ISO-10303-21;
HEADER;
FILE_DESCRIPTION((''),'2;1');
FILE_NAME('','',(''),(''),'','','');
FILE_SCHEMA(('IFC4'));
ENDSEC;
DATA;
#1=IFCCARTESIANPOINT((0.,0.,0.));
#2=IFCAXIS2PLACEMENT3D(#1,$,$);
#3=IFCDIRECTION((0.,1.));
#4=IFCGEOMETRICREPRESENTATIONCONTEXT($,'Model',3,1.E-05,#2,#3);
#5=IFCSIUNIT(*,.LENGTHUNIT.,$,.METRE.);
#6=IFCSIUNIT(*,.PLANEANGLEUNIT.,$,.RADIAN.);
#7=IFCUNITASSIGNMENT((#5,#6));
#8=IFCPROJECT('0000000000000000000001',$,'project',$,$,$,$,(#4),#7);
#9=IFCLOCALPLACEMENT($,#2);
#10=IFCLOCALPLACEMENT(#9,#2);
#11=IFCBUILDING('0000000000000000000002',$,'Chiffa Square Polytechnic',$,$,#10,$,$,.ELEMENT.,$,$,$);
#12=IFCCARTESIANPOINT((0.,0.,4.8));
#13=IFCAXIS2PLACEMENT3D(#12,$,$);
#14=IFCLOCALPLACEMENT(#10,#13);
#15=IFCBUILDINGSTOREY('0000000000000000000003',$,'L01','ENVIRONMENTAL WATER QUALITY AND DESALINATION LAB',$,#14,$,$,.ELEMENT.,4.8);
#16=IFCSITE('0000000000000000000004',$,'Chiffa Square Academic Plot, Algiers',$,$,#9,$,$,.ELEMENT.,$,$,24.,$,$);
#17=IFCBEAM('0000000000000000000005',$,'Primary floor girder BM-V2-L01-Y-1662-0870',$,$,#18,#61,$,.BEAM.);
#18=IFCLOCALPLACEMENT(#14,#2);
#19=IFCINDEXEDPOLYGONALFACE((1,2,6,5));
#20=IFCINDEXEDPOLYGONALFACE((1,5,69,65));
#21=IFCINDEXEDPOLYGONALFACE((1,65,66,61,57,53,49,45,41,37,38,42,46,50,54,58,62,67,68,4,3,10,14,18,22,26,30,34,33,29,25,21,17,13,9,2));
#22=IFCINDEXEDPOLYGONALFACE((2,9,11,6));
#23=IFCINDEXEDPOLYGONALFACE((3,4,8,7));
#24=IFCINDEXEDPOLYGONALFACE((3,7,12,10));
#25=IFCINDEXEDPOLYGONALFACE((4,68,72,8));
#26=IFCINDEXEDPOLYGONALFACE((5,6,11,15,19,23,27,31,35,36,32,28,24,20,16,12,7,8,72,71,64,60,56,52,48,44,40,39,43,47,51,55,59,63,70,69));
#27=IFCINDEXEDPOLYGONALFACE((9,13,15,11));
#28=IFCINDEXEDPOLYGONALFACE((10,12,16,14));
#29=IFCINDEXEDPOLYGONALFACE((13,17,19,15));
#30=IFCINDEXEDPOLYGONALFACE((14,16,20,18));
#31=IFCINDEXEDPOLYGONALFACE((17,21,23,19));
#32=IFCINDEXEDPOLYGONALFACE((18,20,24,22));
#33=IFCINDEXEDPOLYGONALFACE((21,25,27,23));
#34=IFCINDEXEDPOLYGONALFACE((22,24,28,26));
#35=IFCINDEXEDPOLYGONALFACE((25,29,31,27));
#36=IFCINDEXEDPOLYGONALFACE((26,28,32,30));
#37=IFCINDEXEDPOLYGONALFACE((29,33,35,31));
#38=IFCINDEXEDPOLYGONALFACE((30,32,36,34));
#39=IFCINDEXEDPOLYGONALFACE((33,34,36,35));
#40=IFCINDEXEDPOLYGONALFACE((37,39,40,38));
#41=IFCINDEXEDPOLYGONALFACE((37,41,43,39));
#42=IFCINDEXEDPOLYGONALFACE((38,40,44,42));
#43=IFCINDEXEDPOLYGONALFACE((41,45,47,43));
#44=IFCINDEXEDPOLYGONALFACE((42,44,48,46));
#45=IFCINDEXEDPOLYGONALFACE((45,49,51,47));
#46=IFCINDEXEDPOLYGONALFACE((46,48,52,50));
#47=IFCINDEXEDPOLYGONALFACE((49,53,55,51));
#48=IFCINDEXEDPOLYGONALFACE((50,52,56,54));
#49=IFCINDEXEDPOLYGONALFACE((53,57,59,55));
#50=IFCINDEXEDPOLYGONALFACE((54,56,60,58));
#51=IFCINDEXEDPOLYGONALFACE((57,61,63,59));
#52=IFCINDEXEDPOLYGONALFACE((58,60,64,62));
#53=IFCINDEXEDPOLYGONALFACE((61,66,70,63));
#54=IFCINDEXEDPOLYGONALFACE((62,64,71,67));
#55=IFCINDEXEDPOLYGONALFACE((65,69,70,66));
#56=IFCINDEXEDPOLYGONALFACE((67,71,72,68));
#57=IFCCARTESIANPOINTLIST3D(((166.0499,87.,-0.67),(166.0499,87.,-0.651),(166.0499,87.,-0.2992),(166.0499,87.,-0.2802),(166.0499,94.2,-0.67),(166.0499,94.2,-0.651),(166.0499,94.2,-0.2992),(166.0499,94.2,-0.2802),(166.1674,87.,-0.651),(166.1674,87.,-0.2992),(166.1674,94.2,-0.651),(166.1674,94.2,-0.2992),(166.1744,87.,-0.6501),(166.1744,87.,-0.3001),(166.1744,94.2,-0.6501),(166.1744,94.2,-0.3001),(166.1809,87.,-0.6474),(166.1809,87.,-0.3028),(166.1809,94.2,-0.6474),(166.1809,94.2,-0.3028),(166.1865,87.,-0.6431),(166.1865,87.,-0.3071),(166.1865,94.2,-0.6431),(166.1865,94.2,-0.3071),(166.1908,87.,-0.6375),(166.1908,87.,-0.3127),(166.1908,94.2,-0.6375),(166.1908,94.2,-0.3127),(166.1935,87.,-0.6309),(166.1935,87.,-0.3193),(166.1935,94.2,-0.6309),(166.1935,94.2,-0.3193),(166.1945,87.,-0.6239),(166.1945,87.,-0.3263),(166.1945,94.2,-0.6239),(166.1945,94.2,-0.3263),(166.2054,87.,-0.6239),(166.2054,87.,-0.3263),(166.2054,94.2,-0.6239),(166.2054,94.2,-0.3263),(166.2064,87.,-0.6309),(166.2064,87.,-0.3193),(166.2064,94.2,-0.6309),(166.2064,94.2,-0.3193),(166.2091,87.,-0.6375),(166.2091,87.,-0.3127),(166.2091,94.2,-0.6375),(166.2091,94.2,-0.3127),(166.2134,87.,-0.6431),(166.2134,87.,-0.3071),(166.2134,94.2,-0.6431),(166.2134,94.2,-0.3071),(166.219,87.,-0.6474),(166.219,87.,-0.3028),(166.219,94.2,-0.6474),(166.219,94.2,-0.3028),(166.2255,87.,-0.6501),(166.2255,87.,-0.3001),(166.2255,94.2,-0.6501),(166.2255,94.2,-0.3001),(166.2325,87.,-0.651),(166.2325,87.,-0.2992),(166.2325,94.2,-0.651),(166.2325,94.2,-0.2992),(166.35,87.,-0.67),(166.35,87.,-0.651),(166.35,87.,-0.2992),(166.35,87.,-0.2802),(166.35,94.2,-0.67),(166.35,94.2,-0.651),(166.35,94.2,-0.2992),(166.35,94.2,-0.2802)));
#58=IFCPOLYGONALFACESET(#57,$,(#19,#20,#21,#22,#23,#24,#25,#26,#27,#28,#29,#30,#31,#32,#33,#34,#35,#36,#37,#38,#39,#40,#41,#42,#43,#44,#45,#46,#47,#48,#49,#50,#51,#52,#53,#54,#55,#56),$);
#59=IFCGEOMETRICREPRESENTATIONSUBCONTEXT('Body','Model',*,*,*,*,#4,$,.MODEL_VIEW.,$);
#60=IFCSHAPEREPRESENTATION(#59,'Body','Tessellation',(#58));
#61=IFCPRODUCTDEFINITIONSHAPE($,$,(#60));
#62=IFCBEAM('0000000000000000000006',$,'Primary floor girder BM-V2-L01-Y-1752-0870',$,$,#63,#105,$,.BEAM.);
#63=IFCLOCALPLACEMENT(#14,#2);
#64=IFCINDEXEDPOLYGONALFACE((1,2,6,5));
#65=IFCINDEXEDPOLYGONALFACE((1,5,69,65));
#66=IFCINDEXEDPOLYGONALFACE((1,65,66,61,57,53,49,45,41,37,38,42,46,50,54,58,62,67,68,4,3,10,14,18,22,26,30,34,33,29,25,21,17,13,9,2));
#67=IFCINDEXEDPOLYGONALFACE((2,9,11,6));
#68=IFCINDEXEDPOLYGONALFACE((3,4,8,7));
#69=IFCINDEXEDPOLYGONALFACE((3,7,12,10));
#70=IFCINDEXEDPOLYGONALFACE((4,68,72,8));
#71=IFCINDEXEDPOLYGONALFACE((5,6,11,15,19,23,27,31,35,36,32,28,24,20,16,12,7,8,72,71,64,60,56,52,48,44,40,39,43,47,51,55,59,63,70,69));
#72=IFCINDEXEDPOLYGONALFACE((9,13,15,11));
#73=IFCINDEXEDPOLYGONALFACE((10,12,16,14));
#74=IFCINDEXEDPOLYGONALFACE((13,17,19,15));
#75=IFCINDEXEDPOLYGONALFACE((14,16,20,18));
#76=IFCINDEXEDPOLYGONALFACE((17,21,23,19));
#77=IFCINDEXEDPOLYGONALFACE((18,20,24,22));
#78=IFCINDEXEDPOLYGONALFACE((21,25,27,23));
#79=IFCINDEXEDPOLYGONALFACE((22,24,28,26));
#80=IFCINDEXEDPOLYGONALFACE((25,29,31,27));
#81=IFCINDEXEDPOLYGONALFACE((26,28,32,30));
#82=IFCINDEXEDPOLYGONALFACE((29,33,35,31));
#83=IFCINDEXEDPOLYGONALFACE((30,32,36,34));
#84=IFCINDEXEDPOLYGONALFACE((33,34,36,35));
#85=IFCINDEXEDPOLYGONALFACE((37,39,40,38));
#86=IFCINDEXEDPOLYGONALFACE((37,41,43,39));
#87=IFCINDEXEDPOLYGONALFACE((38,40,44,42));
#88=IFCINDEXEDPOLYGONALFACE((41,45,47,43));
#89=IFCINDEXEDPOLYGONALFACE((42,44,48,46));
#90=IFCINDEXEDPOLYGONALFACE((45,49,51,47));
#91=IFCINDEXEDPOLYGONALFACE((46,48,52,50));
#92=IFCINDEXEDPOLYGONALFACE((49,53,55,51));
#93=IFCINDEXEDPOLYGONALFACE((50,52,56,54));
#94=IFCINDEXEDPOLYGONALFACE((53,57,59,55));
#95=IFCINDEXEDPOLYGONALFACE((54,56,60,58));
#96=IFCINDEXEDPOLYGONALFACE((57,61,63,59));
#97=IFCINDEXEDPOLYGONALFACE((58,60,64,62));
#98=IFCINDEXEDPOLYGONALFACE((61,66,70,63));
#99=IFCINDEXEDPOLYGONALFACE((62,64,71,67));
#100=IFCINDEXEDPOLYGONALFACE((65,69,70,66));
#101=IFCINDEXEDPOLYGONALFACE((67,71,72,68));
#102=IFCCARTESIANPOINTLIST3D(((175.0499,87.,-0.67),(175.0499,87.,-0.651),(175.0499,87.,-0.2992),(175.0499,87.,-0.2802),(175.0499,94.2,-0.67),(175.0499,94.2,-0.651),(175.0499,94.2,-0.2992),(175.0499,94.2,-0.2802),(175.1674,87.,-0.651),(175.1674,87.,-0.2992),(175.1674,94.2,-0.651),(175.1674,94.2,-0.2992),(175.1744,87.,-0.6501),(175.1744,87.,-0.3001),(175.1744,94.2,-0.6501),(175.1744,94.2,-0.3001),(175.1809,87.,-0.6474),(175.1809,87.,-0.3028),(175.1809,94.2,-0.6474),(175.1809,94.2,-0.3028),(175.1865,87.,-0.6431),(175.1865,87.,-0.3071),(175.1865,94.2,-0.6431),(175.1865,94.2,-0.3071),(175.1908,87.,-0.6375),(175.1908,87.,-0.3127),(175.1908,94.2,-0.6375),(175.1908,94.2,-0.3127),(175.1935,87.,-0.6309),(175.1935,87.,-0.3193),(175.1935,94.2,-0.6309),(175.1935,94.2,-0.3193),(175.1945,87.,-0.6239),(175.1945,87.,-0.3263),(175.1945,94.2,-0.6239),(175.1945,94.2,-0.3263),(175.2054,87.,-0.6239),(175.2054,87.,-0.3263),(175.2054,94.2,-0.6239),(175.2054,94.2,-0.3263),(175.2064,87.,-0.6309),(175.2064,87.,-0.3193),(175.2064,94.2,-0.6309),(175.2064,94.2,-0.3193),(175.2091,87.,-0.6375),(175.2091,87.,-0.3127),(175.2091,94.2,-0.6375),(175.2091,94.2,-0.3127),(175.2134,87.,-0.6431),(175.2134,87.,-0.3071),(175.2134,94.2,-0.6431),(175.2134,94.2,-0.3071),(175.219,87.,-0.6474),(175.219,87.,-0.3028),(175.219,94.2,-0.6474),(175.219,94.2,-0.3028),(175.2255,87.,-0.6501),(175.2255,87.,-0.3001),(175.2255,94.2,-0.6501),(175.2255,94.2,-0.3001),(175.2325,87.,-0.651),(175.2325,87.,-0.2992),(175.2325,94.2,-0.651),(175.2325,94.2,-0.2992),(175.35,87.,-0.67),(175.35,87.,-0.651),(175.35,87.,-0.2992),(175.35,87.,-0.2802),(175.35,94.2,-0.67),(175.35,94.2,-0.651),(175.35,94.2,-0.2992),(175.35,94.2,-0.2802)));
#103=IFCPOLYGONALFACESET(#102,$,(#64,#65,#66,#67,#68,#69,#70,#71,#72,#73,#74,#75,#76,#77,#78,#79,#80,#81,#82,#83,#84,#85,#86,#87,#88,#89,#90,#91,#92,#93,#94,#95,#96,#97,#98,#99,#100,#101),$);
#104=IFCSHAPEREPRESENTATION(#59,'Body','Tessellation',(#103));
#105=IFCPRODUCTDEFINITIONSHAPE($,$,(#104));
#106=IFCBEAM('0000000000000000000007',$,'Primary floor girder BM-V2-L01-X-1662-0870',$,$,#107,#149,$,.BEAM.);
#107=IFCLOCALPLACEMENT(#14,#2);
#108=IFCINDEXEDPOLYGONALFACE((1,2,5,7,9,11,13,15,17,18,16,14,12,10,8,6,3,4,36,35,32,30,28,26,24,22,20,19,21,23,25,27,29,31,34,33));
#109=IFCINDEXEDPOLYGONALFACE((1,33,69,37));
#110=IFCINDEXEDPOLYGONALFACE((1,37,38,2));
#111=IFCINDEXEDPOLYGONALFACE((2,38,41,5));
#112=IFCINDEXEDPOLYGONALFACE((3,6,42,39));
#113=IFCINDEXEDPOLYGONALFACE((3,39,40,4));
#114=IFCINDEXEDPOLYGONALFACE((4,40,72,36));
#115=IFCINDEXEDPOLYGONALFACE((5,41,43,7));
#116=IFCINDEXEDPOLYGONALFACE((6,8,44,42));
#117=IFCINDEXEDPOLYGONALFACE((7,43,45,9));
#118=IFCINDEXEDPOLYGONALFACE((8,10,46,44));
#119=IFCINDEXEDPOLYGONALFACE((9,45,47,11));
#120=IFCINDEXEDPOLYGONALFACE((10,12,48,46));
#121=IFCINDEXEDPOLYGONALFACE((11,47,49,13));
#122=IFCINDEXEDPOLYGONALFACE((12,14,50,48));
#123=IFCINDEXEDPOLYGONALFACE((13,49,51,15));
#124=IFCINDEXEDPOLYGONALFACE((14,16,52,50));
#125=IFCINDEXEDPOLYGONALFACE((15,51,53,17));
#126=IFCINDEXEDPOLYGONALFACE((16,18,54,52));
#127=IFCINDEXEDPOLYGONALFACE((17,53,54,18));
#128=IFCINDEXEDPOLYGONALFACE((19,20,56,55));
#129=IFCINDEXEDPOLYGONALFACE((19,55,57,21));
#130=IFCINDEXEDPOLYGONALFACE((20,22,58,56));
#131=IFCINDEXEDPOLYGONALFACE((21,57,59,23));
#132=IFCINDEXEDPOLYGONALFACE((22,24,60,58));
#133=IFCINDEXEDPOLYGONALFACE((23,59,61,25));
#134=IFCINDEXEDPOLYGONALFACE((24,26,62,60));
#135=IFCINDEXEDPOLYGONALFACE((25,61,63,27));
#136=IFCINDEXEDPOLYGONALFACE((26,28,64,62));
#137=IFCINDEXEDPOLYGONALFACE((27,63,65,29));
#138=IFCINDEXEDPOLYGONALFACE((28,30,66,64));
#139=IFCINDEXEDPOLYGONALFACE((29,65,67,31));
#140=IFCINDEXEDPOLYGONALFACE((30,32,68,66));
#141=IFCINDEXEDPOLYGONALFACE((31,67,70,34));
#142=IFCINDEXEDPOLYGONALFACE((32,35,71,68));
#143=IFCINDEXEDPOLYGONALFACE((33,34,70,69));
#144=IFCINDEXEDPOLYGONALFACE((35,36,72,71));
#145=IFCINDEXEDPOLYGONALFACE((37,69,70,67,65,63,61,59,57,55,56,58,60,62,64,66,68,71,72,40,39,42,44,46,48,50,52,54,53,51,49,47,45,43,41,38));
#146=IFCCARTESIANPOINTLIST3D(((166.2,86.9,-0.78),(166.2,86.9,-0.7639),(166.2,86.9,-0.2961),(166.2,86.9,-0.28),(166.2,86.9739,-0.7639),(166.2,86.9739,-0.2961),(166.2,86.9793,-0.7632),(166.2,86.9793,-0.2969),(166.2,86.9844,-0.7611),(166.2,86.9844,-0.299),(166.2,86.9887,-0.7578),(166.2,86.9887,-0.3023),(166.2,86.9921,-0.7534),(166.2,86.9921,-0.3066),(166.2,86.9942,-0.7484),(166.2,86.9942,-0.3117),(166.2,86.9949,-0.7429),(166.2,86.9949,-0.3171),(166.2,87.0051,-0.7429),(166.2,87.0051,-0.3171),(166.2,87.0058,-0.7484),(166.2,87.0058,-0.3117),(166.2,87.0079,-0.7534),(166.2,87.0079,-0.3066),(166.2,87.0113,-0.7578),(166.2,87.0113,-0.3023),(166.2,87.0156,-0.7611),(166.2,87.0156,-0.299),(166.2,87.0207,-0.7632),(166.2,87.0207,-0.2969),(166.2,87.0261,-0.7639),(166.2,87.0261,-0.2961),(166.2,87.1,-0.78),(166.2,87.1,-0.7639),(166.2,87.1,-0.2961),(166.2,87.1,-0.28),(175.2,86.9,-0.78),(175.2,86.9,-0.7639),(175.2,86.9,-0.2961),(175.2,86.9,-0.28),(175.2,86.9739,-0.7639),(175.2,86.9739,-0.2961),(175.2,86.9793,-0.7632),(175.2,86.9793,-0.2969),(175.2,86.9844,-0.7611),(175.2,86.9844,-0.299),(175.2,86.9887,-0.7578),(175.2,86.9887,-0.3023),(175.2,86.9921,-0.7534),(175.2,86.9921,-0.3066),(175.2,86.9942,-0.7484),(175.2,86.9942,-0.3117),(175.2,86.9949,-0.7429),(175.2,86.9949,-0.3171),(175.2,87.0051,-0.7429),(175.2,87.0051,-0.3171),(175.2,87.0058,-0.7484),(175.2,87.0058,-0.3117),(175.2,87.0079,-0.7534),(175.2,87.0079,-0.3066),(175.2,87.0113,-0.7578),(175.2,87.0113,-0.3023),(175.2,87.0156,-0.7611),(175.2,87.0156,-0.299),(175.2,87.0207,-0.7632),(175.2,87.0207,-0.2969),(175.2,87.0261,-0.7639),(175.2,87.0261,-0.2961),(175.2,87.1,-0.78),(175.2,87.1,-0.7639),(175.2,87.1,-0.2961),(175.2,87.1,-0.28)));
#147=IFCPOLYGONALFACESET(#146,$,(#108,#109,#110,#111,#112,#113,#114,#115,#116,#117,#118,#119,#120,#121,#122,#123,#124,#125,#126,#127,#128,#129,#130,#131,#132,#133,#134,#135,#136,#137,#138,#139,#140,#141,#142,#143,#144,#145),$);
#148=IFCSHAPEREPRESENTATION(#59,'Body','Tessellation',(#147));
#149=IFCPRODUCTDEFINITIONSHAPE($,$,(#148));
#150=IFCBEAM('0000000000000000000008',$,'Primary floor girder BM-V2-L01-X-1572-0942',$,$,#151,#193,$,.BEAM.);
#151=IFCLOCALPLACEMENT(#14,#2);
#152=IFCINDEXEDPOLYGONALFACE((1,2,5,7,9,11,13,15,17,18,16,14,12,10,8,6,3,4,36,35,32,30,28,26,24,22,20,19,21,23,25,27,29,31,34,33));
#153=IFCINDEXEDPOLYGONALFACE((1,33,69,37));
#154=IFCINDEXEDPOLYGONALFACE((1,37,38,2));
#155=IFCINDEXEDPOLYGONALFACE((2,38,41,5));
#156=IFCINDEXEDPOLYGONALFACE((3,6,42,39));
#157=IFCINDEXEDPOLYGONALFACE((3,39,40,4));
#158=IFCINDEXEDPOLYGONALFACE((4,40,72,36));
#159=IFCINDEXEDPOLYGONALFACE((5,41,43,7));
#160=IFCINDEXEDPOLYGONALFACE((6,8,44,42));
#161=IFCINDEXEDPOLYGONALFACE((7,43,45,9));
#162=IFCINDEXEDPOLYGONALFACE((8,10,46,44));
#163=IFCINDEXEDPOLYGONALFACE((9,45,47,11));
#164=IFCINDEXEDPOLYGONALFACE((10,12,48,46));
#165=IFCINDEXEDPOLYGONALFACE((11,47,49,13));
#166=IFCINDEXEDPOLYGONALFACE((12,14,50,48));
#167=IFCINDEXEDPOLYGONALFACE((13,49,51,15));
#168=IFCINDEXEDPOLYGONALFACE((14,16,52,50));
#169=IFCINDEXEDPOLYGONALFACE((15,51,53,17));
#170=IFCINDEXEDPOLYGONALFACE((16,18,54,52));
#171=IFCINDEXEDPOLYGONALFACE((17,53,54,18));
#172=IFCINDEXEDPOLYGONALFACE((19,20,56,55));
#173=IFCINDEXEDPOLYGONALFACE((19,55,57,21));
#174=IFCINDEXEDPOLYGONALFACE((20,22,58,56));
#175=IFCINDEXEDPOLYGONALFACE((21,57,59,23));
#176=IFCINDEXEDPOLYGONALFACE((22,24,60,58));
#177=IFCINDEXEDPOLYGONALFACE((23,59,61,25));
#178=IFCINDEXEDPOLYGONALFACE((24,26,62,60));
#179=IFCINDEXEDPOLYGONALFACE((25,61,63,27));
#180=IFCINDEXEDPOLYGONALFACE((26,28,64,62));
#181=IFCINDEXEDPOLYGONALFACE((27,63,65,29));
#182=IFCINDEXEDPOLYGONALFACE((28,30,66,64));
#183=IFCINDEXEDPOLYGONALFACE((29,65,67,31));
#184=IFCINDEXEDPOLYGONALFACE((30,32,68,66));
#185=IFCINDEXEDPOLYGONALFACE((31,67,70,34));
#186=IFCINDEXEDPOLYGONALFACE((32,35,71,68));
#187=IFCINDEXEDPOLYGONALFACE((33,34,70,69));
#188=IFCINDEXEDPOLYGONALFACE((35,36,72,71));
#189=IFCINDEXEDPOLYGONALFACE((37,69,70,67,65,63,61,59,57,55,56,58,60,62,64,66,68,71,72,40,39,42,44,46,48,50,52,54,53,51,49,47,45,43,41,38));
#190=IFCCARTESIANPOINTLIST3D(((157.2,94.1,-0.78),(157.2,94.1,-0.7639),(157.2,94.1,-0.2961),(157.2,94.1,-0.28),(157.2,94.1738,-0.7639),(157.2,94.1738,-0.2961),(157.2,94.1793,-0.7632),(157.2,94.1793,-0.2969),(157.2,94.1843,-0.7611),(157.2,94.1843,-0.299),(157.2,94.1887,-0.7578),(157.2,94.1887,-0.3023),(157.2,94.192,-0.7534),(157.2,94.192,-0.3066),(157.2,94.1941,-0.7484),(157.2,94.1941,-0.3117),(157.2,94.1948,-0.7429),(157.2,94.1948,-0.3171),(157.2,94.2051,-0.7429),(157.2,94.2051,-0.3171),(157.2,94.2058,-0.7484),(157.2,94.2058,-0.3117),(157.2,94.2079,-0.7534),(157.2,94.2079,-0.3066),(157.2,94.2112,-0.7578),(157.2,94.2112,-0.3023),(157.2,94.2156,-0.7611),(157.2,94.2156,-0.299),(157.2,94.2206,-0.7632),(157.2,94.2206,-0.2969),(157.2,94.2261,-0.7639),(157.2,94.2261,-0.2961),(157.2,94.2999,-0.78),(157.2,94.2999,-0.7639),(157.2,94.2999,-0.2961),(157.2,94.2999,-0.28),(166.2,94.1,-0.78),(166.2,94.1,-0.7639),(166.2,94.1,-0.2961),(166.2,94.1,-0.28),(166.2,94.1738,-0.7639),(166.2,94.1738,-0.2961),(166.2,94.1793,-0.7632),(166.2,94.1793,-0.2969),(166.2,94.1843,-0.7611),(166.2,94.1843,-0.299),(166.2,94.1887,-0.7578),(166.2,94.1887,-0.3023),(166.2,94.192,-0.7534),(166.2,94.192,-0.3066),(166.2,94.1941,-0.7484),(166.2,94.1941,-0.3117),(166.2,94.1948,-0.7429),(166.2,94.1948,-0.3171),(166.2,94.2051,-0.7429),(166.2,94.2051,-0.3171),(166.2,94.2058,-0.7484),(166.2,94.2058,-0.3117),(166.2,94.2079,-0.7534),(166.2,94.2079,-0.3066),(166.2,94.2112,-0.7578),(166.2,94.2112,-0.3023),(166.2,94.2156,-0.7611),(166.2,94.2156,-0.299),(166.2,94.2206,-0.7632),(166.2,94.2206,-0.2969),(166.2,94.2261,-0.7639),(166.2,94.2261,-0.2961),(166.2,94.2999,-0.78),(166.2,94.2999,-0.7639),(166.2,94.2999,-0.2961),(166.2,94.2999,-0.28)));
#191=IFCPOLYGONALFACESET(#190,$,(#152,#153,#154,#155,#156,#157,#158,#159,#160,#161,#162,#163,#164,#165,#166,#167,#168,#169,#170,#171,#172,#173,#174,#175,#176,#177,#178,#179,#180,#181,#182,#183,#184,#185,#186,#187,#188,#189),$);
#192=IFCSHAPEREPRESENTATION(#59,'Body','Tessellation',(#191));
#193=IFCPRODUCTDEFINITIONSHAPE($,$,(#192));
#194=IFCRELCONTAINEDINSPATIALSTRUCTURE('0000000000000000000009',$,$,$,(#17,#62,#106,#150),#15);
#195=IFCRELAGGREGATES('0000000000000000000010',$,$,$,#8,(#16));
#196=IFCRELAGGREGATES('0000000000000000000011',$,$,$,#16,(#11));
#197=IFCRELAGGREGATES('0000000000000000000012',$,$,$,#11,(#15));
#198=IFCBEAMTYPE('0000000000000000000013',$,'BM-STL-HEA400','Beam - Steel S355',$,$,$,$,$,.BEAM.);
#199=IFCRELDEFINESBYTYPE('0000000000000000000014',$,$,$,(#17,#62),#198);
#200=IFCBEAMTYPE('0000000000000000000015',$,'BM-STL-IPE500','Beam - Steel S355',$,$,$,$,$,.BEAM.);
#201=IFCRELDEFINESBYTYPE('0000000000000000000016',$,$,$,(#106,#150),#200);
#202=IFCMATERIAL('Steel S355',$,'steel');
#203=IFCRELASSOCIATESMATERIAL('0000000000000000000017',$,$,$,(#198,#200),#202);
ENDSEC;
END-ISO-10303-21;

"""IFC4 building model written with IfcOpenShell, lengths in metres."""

from ifc_helpers import new_model, si_unit, direction, frame, origin, origin_2d, place, context, subcontext, project, spatial, i_section, extrude, material, material_profile, profile_set, type_object, element, save


model = new_model("IFC4")

# Units and contexts
model_context = context("Model", 3, precision=1e-05, world=origin(), true_north=direction((0.0, 1.0)))
body_context = subcontext(model_context, "Body", "Model", "MODEL_VIEW")
ifc_project = project(units=[si_unit("LENGTHUNIT", "METRE"), si_unit("PLANEANGLEUNIT", "RADIAN")], contexts=[model_context])

# Site, building, storey
site_placement = place(None, origin())
site = spatial("IfcSite", under=ifc_project, at=site_placement, Name="Chiffa Square Academic Plot, Algiers", CompositionType="ELEMENT", RefElevation=24.0)
building_placement = place(site_placement, origin())
building = spatial("IfcBuilding", under=site, at=building_placement, Name="Chiffa Square Polytechnic", CompositionType="ELEMENT")
storey_placement = place(building_placement, frame((0.0, 0.0, 4.8)))
storey = spatial("IfcBuildingStorey", under=building, at=storey_placement, Name="L01", Description="ENVIRONMENTAL WATER QUALITY AND DESALINATION LAB", CompositionType="ELEMENT", Elevation=4.8)

# Shared definitions
ifc_material_1 = material(Name="Steel S355", Category="steel")

# Beams
ifc_material_profile_1 = material_profile(ifc_material_1, i_section(OverallWidth=0.3, OverallDepth=0.3899, WebThickness=0.011, FlangeThickness=0.019, FilletRadius=0.0271, at=origin_2d()), Name="HEA 400")
ifc_profile_set_1 = profile_set([ifc_material_profile_1], Name="Steel S355")
beam_type_1 = type_object("IfcBeamType", Name="BM-STL-HEA400", Description="Beam - Steel S355", PredefinedType="BEAM", material=ifc_profile_set_1)
for number, where, z_axis, x_axis, name in (
    (1, (166.2, 87.0, -0.4751), (0.0, 1.0, 0.0), (-1.0, 0.0, 0.0), "Primary floor girder BM-V2-L01-Y-1662-0870"),
    (2, (175.2, 87.0, -0.4751), (0.0, 1.0, 0.0), (-1.0, 0.0, 0.0), "Primary floor girder BM-V2-L01-Y-1752-0870"),
):
    element("IfcBeam", number, at=place(storey_placement, frame(where, z_axis=z_axis, x_axis=x_axis)), inside=storey, type_object=beam_type_1, Name=name, PredefinedType="BEAM", context=body_context, shape_type="SweptSolid", body=[
        extrude(i_section(OverallWidth=0.3, OverallDepth=0.3899, WebThickness=0.011, FlangeThickness=0.019, FilletRadius=0.0271, at=origin_2d()), origin(), (0.0, 0.0, 1.0), 7.2),
    ])
ifc_material_profile_2 = material_profile(ifc_material_1, i_section(OverallWidth=0.2, OverallDepth=0.5, WebThickness=0.0103, FlangeThickness=0.0161, FilletRadius=0.021, at=origin_2d()), Name="IPE 500")
ifc_profile_set_2 = profile_set([ifc_material_profile_2], Name="Steel S355")
beam_type_2 = type_object("IfcBeamType", Name="BM-STL-IPE500", Description="Beam - Steel S355", PredefinedType="BEAM", material=ifc_profile_set_2)
for number, where, z_axis, x_axis, name in (
    (3, (166.2, 87.0, -0.53), (1.0, 0.0, 0.0), (0.0, 1.0, 0.0), "Primary floor girder BM-V2-L01-X-1662-0870"),
    (4, (157.2, 94.2, -0.53), (1.0, 0.0, 0.0), (0.0, 1.0, 0.0), "Primary floor girder BM-V2-L01-X-1572-0942"),
):
    element("IfcBeam", number, at=place(storey_placement, frame(where, z_axis=z_axis, x_axis=x_axis)), inside=storey, type_object=beam_type_2, Name=name, PredefinedType="BEAM", context=body_context, shape_type="SweptSolid", body=[
        extrude(i_section(OverallWidth=0.2, OverallDepth=0.5, WebThickness=0.0103, FlangeThickness=0.0161, FilletRadius=0.021, at=origin_2d()), origin(), (0.0, 0.0, 1.0), 9.0),
    ])

save(model, "model.ifc")
